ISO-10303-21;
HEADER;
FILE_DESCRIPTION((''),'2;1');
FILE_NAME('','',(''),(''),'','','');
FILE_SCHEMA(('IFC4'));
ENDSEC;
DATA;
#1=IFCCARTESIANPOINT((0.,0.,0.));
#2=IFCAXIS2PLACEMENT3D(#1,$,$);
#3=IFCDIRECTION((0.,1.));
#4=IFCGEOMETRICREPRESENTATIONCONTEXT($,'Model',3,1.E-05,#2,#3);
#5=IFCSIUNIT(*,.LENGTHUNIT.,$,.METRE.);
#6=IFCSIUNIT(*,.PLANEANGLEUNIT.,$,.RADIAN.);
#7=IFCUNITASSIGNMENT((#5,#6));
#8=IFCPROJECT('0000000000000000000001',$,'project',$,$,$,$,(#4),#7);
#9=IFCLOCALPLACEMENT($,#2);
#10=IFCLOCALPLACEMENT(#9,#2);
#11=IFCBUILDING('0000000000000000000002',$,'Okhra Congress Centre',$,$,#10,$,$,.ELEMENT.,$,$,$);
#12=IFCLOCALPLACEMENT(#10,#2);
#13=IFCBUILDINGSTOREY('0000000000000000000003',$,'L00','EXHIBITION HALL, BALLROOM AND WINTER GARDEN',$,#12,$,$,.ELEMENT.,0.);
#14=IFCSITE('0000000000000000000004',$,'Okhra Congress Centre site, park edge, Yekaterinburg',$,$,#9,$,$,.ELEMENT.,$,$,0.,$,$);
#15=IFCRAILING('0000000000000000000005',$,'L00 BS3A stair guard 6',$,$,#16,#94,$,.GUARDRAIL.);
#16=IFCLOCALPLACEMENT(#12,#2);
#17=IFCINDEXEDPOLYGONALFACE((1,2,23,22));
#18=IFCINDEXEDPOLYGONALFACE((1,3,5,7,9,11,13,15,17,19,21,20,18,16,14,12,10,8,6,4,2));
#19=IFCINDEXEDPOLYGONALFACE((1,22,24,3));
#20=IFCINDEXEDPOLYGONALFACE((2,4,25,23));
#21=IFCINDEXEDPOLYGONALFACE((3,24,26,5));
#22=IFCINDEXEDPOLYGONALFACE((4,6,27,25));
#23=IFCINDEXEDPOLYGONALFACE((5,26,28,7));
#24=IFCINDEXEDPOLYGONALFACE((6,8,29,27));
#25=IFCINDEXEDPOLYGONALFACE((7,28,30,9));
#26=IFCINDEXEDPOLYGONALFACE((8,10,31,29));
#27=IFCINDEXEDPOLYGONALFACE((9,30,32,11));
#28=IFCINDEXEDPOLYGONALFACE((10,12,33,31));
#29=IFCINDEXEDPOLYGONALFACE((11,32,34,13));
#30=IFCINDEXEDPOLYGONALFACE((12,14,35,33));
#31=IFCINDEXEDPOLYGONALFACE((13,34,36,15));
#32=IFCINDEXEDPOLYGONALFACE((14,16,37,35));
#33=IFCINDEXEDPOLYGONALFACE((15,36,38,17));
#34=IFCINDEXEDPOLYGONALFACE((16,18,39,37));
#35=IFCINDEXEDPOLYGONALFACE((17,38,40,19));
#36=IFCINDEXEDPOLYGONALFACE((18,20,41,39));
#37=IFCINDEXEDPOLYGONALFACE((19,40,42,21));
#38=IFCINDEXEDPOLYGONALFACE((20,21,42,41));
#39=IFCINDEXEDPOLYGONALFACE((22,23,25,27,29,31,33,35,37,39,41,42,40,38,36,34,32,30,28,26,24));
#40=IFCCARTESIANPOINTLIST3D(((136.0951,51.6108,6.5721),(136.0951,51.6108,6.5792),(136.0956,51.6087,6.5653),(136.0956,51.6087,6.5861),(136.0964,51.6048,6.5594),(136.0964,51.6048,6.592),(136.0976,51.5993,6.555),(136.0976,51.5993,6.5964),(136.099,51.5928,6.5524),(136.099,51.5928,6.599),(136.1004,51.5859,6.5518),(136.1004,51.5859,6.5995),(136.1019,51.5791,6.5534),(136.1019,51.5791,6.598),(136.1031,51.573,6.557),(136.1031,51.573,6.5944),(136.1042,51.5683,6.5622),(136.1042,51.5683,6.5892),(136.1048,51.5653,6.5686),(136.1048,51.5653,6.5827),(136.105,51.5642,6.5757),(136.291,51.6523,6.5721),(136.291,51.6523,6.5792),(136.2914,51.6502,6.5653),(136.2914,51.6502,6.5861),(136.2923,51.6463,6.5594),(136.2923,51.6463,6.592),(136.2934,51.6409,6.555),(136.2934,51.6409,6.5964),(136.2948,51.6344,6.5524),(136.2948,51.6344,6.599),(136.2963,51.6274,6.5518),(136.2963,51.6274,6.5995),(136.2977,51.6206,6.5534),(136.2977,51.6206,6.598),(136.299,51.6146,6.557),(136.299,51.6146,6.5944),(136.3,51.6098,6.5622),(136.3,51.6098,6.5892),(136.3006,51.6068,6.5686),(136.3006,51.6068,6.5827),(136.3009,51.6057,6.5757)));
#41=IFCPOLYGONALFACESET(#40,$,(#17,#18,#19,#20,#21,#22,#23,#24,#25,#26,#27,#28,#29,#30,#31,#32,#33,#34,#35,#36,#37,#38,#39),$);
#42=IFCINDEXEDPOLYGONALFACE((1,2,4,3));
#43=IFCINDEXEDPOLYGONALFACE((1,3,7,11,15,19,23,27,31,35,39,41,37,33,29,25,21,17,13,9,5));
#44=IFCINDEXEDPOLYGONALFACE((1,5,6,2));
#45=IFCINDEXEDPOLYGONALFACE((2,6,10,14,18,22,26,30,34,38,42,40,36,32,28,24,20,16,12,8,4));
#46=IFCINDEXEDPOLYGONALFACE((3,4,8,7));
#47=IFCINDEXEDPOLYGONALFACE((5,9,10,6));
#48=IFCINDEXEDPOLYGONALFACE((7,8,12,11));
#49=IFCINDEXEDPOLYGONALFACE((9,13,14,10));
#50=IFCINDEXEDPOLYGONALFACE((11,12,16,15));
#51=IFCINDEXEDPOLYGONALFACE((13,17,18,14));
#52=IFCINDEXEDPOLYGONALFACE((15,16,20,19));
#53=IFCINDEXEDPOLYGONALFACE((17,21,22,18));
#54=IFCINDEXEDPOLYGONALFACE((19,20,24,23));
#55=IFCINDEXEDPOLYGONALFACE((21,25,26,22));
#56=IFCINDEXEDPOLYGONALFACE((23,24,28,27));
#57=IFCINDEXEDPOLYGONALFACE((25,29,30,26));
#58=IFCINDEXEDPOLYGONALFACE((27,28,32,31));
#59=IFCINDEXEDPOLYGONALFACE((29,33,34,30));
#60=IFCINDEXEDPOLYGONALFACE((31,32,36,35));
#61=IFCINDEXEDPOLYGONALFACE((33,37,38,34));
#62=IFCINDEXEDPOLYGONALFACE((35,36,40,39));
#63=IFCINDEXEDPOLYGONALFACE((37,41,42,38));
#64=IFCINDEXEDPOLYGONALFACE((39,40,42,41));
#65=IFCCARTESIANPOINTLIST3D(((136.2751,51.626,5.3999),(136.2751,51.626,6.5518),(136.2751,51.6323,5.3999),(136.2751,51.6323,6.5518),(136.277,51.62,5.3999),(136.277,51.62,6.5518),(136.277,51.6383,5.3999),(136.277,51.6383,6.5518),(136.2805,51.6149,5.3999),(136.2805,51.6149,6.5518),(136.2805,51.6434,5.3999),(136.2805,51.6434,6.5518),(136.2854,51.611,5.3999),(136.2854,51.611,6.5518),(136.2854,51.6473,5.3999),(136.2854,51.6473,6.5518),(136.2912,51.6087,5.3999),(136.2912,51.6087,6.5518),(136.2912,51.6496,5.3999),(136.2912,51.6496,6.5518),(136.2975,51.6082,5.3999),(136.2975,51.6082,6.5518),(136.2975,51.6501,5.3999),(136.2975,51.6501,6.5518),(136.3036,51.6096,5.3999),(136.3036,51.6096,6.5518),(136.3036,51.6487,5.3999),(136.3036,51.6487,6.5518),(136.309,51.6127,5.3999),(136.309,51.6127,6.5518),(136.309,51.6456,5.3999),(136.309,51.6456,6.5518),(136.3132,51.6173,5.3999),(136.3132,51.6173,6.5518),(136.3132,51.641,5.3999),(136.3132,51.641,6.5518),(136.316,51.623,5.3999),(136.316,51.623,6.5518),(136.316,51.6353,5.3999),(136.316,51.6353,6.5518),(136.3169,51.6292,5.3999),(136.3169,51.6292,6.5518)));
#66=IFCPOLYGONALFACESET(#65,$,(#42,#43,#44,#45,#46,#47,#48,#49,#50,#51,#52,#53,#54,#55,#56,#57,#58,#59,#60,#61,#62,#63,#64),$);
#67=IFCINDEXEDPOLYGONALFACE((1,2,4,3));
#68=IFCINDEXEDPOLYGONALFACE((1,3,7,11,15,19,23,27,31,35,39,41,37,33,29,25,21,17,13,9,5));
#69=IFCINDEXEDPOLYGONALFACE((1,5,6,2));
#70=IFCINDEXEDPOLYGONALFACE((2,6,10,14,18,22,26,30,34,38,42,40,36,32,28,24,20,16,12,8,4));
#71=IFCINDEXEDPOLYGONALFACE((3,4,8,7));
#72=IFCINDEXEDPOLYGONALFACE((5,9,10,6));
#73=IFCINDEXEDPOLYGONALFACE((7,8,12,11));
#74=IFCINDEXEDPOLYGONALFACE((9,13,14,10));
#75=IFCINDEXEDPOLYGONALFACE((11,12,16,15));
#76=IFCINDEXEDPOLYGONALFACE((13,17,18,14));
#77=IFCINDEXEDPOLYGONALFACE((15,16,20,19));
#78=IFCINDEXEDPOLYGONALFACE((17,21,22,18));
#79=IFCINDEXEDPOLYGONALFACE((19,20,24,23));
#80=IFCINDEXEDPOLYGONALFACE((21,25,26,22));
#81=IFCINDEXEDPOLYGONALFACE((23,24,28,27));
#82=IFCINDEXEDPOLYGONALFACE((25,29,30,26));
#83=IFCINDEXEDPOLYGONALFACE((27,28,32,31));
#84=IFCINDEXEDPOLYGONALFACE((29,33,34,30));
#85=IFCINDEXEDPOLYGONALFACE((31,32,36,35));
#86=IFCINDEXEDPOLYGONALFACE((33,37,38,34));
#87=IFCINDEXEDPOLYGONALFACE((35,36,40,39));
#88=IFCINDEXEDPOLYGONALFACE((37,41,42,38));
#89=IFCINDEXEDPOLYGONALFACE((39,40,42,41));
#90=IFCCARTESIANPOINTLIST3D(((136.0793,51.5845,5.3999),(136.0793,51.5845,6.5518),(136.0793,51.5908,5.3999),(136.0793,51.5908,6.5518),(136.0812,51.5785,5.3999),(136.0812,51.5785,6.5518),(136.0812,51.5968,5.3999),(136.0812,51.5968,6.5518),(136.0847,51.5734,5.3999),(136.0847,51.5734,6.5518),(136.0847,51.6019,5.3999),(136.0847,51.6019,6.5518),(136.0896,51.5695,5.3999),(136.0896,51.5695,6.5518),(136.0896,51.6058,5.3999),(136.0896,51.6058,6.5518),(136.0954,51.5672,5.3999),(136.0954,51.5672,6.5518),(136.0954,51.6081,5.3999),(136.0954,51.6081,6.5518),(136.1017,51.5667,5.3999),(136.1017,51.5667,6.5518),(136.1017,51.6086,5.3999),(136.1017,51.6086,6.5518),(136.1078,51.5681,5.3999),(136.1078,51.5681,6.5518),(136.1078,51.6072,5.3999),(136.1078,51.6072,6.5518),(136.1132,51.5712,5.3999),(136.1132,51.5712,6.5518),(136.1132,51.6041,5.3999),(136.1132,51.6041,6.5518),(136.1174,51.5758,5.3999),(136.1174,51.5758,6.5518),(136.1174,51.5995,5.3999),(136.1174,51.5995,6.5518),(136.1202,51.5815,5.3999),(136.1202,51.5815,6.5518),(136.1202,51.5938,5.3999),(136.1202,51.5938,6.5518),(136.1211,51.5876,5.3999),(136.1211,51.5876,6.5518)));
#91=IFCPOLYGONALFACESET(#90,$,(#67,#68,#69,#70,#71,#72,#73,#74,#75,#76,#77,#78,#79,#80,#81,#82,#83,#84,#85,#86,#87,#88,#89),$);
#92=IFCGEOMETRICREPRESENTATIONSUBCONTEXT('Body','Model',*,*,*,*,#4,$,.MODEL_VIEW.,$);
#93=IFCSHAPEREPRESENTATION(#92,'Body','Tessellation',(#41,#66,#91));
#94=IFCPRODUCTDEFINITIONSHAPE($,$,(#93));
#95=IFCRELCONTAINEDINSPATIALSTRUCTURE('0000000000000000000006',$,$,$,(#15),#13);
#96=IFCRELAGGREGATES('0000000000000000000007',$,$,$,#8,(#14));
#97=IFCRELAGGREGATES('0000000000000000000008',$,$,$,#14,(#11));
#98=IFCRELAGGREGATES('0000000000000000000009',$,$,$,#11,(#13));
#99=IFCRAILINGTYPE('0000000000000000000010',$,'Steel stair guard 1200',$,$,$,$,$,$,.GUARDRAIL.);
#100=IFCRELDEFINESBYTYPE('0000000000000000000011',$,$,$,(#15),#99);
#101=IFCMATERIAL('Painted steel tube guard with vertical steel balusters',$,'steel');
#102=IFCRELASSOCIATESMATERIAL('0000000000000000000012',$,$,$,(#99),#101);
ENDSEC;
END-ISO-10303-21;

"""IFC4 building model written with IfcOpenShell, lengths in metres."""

from ifc_helpers import new_model, si_unit, direction, frame, origin, origin_2d, place, context, subcontext, project, spatial, circle, extrude, material, type_object, element, save


model = new_model("IFC4")

# Units and contexts
model_context = context("Model", 3, precision=1e-05, world=origin(), true_north=direction((0.0, 1.0)))
body_context = subcontext(model_context, "Body", "Model", "MODEL_VIEW")
ifc_project = project(units=[si_unit("LENGTHUNIT", "METRE"), si_unit("PLANEANGLEUNIT", "RADIAN")], contexts=[model_context])

# Site, building, storey
site_placement = place(None, origin())
site = spatial("IfcSite", under=ifc_project, at=site_placement, Name="Okhra Congress Centre site, park edge, Yekaterinburg", CompositionType="ELEMENT", RefElevation=0.0)
building_placement = place(site_placement, origin())
building = spatial("IfcBuilding", under=site, at=building_placement, Name="Okhra Congress Centre", CompositionType="ELEMENT")
storey_placement = place(building_placement, origin())
storey = spatial("IfcBuildingStorey", under=building, at=storey_placement, Name="L00", Description="EXHIBITION HALL, BALLROOM AND WINTER GARDEN", CompositionType="ELEMENT", Elevation=0.0)

# Railing
ifc_material_1 = material(Name="Painted steel tube guard with vertical steel balusters", Category="steel")
railing_type_1 = type_object("IfcRailingType", Name="Steel stair guard 1200", PredefinedType="GUARDRAIL", material=ifc_material_1)
railing_1_placement = place(storey_placement, frame((136.2959, 51.6292, 5.3999)))
element("IfcRailing", 1, at=railing_1_placement, inside=storey, type_object=railing_type_1, Name="L00 BS3A stair guard 6", PredefinedType="GUARDRAIL", context=body_context, shape_type="SweptSolid", body=[
    extrude(circle(Radius=0.0239, at=origin_2d()), frame((0.0, 0.0, 1.1758), z_axis=(-0.978264, -0.207363, 0.0), x_axis=(0.207363, -0.978264, 0.0)), (0.0, 0.0, 1.0), 0.2002),
    extrude(circle(Radius=0.021, at=origin_2d()), origin(), (0.0, 0.0, 1.0), 1.1519),
    extrude(circle(Radius=0.021, at=origin_2d()), frame((-0.1958, -0.0415, 0.0)), (0.0, 0.0, 1.0), 1.1519),
])

save(model, "model.ifc")
